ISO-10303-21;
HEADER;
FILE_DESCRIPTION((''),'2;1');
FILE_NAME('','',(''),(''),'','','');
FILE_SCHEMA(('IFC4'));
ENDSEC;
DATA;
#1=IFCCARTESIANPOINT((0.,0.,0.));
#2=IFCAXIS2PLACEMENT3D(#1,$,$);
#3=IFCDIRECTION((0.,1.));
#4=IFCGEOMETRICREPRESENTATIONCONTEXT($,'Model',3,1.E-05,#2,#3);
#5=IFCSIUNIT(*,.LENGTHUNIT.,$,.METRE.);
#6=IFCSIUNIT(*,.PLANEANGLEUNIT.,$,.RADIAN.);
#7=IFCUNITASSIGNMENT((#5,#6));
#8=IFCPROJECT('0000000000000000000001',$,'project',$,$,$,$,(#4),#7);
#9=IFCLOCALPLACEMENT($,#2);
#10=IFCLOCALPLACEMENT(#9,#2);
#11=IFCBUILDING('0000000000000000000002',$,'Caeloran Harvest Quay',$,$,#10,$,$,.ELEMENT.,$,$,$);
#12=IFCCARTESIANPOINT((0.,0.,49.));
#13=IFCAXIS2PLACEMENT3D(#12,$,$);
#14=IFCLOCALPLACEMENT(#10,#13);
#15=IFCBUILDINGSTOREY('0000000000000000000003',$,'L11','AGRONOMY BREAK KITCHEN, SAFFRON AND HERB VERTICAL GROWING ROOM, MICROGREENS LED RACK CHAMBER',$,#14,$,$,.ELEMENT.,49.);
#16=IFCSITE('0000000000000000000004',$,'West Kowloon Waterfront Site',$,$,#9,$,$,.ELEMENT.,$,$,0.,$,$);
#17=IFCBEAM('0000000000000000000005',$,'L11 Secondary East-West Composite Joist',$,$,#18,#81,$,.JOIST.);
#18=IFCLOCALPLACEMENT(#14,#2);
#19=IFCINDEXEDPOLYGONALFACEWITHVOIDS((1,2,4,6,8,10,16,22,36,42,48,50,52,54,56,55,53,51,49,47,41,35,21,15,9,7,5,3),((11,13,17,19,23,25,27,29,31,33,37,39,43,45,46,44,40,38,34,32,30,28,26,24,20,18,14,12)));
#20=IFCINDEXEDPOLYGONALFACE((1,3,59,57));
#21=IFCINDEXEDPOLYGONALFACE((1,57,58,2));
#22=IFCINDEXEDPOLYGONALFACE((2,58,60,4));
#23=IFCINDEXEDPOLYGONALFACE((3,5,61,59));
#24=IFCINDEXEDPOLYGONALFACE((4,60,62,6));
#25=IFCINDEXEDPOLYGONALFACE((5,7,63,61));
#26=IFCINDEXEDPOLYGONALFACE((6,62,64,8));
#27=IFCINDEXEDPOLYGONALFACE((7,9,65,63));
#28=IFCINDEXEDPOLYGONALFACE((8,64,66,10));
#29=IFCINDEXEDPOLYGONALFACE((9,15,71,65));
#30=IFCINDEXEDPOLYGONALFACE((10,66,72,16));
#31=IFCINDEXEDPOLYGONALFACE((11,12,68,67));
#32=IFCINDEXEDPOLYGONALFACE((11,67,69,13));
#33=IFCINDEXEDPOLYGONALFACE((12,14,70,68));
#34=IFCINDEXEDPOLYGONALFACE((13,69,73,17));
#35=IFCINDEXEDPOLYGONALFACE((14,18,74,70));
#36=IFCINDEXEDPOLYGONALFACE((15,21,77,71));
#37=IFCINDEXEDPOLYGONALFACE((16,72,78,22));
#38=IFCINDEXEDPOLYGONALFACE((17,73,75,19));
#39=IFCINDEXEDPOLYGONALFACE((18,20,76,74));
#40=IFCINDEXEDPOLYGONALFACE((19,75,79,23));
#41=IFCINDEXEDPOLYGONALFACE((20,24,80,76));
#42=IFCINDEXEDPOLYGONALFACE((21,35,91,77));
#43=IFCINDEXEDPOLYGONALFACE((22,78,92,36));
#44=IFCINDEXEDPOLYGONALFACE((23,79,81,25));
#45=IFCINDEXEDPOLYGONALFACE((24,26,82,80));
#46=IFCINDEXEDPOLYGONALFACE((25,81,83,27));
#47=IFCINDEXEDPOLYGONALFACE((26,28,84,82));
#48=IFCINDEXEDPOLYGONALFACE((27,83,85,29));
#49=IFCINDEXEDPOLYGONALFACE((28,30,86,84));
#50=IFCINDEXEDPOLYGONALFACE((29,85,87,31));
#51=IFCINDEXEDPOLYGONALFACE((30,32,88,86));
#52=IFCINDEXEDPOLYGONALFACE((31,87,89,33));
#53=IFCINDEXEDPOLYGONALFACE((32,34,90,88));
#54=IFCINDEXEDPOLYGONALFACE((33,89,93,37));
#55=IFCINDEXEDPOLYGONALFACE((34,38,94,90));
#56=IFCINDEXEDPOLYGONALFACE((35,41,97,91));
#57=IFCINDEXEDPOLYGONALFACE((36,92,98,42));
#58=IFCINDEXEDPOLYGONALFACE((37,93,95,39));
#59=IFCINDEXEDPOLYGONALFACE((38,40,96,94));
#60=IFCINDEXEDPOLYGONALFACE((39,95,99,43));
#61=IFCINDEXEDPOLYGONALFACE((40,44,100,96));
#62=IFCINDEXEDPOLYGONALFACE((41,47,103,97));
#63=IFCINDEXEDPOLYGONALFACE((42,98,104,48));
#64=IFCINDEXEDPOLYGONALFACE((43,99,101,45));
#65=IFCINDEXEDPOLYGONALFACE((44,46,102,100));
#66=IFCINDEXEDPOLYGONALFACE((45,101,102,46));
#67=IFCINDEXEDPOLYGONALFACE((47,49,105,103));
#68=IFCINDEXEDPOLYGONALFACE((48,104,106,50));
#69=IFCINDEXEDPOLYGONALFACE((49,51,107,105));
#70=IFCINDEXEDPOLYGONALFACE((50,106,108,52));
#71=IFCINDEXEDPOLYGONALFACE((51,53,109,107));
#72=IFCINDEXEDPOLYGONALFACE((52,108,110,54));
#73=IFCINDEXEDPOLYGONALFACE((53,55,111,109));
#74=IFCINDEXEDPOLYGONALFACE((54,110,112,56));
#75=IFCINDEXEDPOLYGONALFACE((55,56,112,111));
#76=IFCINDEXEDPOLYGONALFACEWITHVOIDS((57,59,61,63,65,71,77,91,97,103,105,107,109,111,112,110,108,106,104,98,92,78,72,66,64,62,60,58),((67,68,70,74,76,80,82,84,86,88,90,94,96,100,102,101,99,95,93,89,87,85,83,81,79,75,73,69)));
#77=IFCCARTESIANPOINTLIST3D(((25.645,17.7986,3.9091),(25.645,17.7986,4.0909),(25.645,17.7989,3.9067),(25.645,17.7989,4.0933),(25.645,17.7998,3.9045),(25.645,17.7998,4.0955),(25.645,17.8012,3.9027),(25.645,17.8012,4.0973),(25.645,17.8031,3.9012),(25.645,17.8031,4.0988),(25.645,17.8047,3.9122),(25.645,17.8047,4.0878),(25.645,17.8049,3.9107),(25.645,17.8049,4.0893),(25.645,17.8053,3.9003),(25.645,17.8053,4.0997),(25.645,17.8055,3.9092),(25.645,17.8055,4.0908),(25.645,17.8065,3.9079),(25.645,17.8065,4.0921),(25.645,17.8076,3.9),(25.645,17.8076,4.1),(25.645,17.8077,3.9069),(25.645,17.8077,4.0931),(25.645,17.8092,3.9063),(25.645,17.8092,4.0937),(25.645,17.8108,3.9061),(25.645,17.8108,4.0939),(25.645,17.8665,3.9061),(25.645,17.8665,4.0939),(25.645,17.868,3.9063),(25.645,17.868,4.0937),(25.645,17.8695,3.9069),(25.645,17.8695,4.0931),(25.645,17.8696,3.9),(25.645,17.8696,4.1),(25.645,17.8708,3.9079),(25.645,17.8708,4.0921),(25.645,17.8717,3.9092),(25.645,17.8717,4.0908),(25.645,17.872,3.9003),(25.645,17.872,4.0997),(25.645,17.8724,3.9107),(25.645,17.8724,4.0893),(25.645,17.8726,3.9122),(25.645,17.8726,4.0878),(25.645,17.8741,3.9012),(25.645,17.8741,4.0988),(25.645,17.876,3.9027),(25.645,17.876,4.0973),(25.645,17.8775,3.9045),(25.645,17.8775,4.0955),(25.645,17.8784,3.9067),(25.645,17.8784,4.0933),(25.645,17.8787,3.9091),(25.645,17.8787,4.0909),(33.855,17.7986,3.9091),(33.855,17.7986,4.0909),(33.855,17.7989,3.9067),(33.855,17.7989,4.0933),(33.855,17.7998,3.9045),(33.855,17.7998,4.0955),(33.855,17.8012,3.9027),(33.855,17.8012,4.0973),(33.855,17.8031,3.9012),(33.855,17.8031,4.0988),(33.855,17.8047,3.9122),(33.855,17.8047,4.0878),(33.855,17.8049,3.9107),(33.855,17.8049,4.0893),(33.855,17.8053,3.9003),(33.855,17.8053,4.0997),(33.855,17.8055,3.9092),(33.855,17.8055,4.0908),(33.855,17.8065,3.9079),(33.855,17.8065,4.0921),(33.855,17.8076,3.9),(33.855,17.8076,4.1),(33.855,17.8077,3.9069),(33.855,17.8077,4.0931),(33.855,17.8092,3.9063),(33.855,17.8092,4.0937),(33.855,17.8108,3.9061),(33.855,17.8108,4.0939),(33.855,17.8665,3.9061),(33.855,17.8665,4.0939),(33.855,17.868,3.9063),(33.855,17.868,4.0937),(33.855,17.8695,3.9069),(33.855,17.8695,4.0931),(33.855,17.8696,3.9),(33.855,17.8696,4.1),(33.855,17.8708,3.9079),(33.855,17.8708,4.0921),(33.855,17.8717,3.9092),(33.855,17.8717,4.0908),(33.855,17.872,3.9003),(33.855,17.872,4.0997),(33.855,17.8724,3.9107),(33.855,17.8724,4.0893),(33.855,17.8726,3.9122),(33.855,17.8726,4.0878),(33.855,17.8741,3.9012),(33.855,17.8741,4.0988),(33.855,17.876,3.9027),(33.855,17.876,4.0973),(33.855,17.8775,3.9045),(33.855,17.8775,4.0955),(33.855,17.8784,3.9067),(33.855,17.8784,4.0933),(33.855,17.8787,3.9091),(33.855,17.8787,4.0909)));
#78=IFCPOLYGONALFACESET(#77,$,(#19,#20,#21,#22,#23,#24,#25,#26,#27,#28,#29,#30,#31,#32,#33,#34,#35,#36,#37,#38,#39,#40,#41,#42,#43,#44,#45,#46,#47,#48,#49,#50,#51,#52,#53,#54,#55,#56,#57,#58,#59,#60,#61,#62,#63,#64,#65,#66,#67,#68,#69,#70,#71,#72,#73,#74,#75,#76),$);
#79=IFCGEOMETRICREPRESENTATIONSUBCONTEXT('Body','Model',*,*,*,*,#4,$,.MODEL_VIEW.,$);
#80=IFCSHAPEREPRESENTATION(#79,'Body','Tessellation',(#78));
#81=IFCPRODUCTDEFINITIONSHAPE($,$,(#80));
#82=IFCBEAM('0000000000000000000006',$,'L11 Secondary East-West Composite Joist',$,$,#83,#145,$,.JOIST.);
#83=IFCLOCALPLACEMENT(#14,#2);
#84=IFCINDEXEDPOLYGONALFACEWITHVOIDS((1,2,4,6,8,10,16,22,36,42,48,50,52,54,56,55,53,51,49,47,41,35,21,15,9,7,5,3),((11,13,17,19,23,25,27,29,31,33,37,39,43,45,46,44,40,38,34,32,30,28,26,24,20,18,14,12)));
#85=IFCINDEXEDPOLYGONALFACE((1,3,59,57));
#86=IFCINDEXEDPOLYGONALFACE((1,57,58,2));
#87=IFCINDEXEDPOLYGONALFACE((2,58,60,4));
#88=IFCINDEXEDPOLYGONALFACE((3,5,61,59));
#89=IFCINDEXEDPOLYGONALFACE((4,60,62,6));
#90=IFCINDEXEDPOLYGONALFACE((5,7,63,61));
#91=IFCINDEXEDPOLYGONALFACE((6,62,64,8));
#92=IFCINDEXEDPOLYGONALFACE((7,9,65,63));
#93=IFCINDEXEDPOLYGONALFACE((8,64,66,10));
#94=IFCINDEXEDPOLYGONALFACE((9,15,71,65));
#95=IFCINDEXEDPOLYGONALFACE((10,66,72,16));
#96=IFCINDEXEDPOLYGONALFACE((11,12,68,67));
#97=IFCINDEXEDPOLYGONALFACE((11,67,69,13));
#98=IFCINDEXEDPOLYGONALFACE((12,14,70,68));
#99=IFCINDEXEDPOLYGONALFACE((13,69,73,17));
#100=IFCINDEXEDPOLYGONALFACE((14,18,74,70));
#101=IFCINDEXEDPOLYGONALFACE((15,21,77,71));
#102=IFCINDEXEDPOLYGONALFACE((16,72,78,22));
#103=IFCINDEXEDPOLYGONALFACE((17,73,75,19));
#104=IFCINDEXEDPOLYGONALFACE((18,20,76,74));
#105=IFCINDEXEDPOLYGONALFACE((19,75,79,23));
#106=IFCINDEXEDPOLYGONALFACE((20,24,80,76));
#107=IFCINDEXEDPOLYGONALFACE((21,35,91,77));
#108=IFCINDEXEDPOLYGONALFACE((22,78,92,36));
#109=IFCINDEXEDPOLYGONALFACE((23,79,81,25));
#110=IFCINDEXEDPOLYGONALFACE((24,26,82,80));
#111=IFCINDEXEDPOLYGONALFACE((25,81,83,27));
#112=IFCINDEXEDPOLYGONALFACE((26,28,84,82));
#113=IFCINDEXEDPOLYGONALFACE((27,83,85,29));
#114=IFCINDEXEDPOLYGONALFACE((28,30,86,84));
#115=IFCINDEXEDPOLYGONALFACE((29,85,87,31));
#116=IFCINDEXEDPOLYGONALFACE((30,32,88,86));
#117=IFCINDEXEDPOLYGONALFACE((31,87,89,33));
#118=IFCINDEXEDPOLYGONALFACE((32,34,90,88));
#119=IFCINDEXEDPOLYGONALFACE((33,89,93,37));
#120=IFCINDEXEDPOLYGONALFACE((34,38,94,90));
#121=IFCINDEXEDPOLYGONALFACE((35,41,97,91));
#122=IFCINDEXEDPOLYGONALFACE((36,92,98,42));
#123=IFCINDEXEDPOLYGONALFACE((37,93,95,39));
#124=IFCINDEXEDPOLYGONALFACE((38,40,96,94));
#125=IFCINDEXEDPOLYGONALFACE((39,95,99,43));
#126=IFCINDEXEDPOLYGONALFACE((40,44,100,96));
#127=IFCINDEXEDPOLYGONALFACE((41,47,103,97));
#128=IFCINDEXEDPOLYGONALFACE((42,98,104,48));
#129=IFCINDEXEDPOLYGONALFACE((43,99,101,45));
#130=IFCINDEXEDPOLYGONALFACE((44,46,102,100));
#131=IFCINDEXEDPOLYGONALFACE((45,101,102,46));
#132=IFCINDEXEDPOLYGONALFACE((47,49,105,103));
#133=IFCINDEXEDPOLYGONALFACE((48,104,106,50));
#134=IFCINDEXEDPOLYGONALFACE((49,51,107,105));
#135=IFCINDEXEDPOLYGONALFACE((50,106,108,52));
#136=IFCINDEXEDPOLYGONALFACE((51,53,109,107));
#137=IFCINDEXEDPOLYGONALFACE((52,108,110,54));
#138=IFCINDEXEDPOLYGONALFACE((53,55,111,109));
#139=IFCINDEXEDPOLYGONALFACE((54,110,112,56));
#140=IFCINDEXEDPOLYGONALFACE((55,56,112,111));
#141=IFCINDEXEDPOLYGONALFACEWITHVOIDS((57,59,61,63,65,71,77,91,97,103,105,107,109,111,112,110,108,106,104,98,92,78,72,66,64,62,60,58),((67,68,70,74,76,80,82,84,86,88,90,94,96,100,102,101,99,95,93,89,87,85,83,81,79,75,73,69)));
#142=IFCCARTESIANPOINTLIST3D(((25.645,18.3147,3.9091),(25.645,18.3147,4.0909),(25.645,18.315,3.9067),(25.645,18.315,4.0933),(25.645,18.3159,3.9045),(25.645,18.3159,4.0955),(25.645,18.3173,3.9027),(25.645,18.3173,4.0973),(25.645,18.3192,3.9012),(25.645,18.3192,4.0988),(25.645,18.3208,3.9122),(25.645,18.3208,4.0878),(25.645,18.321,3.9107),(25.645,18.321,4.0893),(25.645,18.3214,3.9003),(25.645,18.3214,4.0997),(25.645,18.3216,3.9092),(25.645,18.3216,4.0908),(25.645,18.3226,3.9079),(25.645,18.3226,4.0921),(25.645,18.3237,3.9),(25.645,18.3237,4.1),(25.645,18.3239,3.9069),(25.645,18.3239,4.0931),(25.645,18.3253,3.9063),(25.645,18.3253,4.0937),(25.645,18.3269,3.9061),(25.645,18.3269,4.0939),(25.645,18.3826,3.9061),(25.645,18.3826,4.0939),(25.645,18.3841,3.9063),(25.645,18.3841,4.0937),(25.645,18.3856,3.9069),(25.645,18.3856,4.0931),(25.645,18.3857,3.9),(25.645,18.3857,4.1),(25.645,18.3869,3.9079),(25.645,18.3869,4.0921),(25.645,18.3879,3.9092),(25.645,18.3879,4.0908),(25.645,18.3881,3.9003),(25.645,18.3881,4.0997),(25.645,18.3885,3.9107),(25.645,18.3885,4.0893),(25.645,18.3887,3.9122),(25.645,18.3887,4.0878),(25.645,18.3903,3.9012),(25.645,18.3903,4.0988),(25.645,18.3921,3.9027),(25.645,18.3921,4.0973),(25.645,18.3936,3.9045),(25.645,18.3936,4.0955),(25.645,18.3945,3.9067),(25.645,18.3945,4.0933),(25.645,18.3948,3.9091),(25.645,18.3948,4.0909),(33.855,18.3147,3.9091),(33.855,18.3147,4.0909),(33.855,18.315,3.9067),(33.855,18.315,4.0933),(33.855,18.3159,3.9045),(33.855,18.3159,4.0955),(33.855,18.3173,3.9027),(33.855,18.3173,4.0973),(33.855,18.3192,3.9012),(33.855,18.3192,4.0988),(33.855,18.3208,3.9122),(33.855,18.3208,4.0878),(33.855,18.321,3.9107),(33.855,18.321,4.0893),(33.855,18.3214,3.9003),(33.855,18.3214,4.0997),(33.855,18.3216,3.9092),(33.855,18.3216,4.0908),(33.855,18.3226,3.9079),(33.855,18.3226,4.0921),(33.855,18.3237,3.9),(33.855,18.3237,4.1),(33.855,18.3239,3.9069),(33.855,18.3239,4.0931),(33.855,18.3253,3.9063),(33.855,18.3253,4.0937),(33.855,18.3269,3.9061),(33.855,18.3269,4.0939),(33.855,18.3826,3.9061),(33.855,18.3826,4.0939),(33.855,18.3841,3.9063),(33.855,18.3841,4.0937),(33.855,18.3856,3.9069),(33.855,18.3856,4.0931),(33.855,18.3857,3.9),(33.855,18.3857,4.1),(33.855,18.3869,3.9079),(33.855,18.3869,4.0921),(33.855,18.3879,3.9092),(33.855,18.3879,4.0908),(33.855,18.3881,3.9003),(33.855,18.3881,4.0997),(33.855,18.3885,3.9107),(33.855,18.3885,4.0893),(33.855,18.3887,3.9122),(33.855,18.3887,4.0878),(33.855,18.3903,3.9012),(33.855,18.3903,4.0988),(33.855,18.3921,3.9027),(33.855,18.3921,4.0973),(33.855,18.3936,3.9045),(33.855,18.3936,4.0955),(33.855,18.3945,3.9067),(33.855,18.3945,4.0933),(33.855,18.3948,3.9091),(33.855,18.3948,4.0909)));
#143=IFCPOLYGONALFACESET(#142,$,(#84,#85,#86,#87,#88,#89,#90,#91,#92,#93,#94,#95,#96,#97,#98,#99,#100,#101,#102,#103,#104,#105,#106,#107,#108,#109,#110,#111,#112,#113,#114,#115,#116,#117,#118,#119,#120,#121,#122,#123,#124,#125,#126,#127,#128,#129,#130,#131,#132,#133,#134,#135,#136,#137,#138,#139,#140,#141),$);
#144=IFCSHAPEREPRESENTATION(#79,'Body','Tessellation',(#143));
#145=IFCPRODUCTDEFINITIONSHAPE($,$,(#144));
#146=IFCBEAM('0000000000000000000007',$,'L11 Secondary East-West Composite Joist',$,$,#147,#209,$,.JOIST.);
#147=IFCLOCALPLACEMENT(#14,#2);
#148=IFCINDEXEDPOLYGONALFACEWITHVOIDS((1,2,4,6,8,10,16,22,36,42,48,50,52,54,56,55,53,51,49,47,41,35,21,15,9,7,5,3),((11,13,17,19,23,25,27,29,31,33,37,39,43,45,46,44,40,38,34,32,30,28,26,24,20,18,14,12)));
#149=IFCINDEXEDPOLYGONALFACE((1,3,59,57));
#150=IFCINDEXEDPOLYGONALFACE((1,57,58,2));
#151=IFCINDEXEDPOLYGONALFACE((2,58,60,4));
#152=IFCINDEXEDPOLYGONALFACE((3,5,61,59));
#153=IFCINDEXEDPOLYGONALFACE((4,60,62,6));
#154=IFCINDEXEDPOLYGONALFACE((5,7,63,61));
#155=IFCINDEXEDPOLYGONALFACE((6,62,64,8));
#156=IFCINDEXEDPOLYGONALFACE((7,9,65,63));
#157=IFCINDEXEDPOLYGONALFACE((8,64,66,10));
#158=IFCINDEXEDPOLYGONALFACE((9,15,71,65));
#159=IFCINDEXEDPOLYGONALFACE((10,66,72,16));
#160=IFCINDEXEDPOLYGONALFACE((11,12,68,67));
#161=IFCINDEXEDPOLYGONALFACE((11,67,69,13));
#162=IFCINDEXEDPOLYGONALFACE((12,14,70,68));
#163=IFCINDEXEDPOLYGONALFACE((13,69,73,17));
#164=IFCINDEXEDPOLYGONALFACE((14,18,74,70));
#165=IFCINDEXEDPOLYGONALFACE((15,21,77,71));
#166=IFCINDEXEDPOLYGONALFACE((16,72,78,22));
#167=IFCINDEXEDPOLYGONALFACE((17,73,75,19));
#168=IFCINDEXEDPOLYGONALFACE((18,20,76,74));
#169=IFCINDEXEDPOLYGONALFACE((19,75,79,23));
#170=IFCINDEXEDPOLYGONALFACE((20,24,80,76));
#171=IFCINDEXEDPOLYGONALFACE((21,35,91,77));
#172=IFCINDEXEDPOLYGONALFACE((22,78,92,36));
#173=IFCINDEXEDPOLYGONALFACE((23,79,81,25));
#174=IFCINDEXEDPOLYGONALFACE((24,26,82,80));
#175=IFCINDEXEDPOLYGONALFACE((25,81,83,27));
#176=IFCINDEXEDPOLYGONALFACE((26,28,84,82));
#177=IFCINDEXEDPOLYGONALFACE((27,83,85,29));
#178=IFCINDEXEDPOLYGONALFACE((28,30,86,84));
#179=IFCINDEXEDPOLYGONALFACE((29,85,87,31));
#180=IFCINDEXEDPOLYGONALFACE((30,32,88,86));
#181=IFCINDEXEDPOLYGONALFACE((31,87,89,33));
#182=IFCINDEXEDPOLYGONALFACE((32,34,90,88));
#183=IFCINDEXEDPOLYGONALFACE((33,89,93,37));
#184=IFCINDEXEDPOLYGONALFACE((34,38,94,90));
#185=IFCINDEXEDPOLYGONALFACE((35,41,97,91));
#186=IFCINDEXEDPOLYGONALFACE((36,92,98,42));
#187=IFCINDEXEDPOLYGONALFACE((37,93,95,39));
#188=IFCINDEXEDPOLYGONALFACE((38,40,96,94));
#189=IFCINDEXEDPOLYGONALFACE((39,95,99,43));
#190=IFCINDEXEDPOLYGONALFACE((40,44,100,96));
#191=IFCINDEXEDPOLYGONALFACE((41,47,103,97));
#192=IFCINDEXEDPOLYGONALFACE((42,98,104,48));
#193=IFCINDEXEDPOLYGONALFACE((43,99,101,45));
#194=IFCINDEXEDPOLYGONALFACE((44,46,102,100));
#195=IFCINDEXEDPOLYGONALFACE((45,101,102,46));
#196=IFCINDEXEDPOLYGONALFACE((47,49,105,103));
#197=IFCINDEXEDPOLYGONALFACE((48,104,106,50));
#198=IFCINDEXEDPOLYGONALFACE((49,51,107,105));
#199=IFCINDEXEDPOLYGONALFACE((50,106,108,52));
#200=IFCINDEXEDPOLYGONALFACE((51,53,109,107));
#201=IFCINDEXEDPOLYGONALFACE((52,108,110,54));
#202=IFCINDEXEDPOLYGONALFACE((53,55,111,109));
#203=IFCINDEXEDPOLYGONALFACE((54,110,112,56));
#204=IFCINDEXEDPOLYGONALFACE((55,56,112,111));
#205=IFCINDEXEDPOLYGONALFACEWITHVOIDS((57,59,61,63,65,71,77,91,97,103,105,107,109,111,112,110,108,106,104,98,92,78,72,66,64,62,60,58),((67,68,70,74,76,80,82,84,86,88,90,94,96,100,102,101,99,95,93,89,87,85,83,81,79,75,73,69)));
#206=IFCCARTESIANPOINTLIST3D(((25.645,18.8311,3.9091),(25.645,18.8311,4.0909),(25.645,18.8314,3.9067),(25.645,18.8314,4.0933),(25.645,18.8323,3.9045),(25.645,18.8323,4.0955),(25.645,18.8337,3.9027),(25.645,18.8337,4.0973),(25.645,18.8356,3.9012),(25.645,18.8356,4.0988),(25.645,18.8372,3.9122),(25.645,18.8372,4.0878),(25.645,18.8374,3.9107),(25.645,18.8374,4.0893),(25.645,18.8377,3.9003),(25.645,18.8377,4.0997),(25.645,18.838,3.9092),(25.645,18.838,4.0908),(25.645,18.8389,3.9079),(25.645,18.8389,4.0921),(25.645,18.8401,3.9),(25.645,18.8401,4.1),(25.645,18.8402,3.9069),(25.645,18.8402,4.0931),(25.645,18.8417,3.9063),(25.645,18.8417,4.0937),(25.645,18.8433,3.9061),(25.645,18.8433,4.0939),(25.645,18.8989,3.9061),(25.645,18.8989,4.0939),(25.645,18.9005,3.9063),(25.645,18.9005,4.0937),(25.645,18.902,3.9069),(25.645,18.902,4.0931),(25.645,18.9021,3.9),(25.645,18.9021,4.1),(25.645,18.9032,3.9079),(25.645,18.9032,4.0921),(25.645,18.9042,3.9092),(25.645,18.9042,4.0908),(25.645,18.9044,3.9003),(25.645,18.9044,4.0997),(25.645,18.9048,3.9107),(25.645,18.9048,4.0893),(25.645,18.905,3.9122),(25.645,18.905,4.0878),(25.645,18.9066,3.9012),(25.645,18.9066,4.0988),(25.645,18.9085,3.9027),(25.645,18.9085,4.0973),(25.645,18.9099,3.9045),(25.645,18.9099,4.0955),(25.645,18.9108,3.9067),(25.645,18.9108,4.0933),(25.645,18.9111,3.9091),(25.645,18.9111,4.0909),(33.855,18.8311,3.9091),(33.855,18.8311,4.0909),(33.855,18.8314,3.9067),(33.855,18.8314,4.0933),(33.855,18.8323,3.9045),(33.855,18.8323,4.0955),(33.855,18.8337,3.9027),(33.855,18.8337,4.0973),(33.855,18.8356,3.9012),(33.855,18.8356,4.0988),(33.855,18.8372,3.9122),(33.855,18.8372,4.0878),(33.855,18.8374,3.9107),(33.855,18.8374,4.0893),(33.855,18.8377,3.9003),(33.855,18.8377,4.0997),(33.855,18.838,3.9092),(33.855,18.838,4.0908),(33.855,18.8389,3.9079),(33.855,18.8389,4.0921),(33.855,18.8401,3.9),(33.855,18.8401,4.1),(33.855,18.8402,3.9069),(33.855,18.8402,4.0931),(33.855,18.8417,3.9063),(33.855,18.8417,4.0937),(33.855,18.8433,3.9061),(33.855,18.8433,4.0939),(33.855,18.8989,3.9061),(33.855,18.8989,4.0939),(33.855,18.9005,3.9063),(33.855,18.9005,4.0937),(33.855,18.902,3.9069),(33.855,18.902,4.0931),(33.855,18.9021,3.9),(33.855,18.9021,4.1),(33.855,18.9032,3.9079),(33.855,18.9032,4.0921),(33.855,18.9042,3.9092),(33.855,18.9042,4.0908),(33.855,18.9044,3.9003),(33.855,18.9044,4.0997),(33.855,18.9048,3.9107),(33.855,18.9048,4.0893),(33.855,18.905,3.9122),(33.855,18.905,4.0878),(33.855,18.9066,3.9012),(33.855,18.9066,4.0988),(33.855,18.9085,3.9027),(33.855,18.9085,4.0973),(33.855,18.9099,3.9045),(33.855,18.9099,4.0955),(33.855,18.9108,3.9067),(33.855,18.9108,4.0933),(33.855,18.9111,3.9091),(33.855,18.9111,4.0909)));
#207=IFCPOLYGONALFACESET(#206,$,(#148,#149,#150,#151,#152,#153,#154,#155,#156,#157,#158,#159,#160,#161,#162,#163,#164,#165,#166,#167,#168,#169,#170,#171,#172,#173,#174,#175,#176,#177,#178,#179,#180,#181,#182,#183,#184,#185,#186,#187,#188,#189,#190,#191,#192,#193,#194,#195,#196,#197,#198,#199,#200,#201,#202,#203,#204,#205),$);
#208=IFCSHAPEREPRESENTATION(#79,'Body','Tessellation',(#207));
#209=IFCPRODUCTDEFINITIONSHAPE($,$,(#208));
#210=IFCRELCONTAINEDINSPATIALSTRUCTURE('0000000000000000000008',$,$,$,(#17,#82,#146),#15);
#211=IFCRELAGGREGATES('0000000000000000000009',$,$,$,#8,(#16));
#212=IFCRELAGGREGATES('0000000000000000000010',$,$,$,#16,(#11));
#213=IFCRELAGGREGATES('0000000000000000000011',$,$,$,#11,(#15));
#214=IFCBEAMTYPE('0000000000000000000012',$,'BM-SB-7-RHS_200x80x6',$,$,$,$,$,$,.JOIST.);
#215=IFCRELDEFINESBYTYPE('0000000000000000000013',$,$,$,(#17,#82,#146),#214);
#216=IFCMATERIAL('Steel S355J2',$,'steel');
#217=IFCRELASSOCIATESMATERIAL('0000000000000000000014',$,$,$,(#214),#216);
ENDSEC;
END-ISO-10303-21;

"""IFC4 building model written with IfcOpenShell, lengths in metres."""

from ifc_helpers import new_model, si_unit, direction, frame, origin, origin_2d, place, context, subcontext, project, spatial, hollow_rectangle, extrude, material, material_profile, profile_set, type_object, element, save


model = new_model("IFC4")

# Units and contexts
model_context = context("Model", 3, precision=1e-05, world=origin(), true_north=direction((0.0, 1.0)))
body_context = subcontext(model_context, "Body", "Model", "MODEL_VIEW")
ifc_project = project(units=[si_unit("LENGTHUNIT", "METRE"), si_unit("PLANEANGLEUNIT", "RADIAN")], contexts=[model_context])

# Site, building, storey
site_placement = place(None, origin())
site = spatial("IfcSite", under=ifc_project, at=site_placement, Name="West Kowloon Waterfront Site", CompositionType="ELEMENT", RefElevation=0.0)
building_placement = place(site_placement, origin())
building = spatial("IfcBuilding", under=site, at=building_placement, Name="Caeloran Harvest Quay", CompositionType="ELEMENT")
storey_placement = place(building_placement, frame((0.0, 0.0, 49.0)))
storey = spatial("IfcBuildingStorey", under=building, at=storey_placement, Name="L11", Description="AGRONOMY BREAK KITCHEN, SAFFRON AND HERB VERTICAL GROWING ROOM, MICROGREENS LED RACK CHAMBER", CompositionType="ELEMENT", Elevation=49.0)

# Beams
ifc_material_1 = material(Name="Steel S355J2", Category="steel")
ifc_material_profile_1 = material_profile(ifc_material_1, hollow_rectangle(XDim=0.0801, YDim=0.2, WallThickness=0.0061, InnerFilletRadius=0.0061, OuterFilletRadius=0.009, at=origin_2d()), Name="RHS 200x80x6")
ifc_profile_set_1 = profile_set([ifc_material_profile_1], Name="Steel S355J2")
beam_type_1 = type_object("IfcBeamType", Name="BM-SB-7-RHS_200x80x6", PredefinedType="JOIST", material=ifc_profile_set_1)
for number, where, z_axis, x_axis, name in (
    (1, (25.645, 17.8386, 4.0), (1.0, 0.0, 0.0), (0.0, 1.0, 0.0), "L11 Secondary East-West Composite Joist"),
    (2, (25.645, 18.3547, 4.0), (1.0, 0.0, 0.0), (0.0, 1.0, 0.0), "L11 Secondary East-West Composite Joist"),
    (3, (25.645, 18.8711, 4.0), (1.0, 0.0, 0.0), (0.0, 1.0, 0.0), "L11 Secondary East-West Composite Joist"),
):
    element("IfcBeam", number, at=place(storey_placement, frame(where, z_axis=z_axis, x_axis=x_axis)), inside=storey, type_object=beam_type_1, Name=name, PredefinedType="JOIST", context=body_context, shape_type="SweptSolid", body=[
        extrude(hollow_rectangle(XDim=0.0801, YDim=0.2, WallThickness=0.0061, InnerFilletRadius=0.0061, OuterFilletRadius=0.009, at=origin_2d()), origin(), (0.0, 0.0, 1.0), 8.21),
    ])

save(model, "model.ifc")
